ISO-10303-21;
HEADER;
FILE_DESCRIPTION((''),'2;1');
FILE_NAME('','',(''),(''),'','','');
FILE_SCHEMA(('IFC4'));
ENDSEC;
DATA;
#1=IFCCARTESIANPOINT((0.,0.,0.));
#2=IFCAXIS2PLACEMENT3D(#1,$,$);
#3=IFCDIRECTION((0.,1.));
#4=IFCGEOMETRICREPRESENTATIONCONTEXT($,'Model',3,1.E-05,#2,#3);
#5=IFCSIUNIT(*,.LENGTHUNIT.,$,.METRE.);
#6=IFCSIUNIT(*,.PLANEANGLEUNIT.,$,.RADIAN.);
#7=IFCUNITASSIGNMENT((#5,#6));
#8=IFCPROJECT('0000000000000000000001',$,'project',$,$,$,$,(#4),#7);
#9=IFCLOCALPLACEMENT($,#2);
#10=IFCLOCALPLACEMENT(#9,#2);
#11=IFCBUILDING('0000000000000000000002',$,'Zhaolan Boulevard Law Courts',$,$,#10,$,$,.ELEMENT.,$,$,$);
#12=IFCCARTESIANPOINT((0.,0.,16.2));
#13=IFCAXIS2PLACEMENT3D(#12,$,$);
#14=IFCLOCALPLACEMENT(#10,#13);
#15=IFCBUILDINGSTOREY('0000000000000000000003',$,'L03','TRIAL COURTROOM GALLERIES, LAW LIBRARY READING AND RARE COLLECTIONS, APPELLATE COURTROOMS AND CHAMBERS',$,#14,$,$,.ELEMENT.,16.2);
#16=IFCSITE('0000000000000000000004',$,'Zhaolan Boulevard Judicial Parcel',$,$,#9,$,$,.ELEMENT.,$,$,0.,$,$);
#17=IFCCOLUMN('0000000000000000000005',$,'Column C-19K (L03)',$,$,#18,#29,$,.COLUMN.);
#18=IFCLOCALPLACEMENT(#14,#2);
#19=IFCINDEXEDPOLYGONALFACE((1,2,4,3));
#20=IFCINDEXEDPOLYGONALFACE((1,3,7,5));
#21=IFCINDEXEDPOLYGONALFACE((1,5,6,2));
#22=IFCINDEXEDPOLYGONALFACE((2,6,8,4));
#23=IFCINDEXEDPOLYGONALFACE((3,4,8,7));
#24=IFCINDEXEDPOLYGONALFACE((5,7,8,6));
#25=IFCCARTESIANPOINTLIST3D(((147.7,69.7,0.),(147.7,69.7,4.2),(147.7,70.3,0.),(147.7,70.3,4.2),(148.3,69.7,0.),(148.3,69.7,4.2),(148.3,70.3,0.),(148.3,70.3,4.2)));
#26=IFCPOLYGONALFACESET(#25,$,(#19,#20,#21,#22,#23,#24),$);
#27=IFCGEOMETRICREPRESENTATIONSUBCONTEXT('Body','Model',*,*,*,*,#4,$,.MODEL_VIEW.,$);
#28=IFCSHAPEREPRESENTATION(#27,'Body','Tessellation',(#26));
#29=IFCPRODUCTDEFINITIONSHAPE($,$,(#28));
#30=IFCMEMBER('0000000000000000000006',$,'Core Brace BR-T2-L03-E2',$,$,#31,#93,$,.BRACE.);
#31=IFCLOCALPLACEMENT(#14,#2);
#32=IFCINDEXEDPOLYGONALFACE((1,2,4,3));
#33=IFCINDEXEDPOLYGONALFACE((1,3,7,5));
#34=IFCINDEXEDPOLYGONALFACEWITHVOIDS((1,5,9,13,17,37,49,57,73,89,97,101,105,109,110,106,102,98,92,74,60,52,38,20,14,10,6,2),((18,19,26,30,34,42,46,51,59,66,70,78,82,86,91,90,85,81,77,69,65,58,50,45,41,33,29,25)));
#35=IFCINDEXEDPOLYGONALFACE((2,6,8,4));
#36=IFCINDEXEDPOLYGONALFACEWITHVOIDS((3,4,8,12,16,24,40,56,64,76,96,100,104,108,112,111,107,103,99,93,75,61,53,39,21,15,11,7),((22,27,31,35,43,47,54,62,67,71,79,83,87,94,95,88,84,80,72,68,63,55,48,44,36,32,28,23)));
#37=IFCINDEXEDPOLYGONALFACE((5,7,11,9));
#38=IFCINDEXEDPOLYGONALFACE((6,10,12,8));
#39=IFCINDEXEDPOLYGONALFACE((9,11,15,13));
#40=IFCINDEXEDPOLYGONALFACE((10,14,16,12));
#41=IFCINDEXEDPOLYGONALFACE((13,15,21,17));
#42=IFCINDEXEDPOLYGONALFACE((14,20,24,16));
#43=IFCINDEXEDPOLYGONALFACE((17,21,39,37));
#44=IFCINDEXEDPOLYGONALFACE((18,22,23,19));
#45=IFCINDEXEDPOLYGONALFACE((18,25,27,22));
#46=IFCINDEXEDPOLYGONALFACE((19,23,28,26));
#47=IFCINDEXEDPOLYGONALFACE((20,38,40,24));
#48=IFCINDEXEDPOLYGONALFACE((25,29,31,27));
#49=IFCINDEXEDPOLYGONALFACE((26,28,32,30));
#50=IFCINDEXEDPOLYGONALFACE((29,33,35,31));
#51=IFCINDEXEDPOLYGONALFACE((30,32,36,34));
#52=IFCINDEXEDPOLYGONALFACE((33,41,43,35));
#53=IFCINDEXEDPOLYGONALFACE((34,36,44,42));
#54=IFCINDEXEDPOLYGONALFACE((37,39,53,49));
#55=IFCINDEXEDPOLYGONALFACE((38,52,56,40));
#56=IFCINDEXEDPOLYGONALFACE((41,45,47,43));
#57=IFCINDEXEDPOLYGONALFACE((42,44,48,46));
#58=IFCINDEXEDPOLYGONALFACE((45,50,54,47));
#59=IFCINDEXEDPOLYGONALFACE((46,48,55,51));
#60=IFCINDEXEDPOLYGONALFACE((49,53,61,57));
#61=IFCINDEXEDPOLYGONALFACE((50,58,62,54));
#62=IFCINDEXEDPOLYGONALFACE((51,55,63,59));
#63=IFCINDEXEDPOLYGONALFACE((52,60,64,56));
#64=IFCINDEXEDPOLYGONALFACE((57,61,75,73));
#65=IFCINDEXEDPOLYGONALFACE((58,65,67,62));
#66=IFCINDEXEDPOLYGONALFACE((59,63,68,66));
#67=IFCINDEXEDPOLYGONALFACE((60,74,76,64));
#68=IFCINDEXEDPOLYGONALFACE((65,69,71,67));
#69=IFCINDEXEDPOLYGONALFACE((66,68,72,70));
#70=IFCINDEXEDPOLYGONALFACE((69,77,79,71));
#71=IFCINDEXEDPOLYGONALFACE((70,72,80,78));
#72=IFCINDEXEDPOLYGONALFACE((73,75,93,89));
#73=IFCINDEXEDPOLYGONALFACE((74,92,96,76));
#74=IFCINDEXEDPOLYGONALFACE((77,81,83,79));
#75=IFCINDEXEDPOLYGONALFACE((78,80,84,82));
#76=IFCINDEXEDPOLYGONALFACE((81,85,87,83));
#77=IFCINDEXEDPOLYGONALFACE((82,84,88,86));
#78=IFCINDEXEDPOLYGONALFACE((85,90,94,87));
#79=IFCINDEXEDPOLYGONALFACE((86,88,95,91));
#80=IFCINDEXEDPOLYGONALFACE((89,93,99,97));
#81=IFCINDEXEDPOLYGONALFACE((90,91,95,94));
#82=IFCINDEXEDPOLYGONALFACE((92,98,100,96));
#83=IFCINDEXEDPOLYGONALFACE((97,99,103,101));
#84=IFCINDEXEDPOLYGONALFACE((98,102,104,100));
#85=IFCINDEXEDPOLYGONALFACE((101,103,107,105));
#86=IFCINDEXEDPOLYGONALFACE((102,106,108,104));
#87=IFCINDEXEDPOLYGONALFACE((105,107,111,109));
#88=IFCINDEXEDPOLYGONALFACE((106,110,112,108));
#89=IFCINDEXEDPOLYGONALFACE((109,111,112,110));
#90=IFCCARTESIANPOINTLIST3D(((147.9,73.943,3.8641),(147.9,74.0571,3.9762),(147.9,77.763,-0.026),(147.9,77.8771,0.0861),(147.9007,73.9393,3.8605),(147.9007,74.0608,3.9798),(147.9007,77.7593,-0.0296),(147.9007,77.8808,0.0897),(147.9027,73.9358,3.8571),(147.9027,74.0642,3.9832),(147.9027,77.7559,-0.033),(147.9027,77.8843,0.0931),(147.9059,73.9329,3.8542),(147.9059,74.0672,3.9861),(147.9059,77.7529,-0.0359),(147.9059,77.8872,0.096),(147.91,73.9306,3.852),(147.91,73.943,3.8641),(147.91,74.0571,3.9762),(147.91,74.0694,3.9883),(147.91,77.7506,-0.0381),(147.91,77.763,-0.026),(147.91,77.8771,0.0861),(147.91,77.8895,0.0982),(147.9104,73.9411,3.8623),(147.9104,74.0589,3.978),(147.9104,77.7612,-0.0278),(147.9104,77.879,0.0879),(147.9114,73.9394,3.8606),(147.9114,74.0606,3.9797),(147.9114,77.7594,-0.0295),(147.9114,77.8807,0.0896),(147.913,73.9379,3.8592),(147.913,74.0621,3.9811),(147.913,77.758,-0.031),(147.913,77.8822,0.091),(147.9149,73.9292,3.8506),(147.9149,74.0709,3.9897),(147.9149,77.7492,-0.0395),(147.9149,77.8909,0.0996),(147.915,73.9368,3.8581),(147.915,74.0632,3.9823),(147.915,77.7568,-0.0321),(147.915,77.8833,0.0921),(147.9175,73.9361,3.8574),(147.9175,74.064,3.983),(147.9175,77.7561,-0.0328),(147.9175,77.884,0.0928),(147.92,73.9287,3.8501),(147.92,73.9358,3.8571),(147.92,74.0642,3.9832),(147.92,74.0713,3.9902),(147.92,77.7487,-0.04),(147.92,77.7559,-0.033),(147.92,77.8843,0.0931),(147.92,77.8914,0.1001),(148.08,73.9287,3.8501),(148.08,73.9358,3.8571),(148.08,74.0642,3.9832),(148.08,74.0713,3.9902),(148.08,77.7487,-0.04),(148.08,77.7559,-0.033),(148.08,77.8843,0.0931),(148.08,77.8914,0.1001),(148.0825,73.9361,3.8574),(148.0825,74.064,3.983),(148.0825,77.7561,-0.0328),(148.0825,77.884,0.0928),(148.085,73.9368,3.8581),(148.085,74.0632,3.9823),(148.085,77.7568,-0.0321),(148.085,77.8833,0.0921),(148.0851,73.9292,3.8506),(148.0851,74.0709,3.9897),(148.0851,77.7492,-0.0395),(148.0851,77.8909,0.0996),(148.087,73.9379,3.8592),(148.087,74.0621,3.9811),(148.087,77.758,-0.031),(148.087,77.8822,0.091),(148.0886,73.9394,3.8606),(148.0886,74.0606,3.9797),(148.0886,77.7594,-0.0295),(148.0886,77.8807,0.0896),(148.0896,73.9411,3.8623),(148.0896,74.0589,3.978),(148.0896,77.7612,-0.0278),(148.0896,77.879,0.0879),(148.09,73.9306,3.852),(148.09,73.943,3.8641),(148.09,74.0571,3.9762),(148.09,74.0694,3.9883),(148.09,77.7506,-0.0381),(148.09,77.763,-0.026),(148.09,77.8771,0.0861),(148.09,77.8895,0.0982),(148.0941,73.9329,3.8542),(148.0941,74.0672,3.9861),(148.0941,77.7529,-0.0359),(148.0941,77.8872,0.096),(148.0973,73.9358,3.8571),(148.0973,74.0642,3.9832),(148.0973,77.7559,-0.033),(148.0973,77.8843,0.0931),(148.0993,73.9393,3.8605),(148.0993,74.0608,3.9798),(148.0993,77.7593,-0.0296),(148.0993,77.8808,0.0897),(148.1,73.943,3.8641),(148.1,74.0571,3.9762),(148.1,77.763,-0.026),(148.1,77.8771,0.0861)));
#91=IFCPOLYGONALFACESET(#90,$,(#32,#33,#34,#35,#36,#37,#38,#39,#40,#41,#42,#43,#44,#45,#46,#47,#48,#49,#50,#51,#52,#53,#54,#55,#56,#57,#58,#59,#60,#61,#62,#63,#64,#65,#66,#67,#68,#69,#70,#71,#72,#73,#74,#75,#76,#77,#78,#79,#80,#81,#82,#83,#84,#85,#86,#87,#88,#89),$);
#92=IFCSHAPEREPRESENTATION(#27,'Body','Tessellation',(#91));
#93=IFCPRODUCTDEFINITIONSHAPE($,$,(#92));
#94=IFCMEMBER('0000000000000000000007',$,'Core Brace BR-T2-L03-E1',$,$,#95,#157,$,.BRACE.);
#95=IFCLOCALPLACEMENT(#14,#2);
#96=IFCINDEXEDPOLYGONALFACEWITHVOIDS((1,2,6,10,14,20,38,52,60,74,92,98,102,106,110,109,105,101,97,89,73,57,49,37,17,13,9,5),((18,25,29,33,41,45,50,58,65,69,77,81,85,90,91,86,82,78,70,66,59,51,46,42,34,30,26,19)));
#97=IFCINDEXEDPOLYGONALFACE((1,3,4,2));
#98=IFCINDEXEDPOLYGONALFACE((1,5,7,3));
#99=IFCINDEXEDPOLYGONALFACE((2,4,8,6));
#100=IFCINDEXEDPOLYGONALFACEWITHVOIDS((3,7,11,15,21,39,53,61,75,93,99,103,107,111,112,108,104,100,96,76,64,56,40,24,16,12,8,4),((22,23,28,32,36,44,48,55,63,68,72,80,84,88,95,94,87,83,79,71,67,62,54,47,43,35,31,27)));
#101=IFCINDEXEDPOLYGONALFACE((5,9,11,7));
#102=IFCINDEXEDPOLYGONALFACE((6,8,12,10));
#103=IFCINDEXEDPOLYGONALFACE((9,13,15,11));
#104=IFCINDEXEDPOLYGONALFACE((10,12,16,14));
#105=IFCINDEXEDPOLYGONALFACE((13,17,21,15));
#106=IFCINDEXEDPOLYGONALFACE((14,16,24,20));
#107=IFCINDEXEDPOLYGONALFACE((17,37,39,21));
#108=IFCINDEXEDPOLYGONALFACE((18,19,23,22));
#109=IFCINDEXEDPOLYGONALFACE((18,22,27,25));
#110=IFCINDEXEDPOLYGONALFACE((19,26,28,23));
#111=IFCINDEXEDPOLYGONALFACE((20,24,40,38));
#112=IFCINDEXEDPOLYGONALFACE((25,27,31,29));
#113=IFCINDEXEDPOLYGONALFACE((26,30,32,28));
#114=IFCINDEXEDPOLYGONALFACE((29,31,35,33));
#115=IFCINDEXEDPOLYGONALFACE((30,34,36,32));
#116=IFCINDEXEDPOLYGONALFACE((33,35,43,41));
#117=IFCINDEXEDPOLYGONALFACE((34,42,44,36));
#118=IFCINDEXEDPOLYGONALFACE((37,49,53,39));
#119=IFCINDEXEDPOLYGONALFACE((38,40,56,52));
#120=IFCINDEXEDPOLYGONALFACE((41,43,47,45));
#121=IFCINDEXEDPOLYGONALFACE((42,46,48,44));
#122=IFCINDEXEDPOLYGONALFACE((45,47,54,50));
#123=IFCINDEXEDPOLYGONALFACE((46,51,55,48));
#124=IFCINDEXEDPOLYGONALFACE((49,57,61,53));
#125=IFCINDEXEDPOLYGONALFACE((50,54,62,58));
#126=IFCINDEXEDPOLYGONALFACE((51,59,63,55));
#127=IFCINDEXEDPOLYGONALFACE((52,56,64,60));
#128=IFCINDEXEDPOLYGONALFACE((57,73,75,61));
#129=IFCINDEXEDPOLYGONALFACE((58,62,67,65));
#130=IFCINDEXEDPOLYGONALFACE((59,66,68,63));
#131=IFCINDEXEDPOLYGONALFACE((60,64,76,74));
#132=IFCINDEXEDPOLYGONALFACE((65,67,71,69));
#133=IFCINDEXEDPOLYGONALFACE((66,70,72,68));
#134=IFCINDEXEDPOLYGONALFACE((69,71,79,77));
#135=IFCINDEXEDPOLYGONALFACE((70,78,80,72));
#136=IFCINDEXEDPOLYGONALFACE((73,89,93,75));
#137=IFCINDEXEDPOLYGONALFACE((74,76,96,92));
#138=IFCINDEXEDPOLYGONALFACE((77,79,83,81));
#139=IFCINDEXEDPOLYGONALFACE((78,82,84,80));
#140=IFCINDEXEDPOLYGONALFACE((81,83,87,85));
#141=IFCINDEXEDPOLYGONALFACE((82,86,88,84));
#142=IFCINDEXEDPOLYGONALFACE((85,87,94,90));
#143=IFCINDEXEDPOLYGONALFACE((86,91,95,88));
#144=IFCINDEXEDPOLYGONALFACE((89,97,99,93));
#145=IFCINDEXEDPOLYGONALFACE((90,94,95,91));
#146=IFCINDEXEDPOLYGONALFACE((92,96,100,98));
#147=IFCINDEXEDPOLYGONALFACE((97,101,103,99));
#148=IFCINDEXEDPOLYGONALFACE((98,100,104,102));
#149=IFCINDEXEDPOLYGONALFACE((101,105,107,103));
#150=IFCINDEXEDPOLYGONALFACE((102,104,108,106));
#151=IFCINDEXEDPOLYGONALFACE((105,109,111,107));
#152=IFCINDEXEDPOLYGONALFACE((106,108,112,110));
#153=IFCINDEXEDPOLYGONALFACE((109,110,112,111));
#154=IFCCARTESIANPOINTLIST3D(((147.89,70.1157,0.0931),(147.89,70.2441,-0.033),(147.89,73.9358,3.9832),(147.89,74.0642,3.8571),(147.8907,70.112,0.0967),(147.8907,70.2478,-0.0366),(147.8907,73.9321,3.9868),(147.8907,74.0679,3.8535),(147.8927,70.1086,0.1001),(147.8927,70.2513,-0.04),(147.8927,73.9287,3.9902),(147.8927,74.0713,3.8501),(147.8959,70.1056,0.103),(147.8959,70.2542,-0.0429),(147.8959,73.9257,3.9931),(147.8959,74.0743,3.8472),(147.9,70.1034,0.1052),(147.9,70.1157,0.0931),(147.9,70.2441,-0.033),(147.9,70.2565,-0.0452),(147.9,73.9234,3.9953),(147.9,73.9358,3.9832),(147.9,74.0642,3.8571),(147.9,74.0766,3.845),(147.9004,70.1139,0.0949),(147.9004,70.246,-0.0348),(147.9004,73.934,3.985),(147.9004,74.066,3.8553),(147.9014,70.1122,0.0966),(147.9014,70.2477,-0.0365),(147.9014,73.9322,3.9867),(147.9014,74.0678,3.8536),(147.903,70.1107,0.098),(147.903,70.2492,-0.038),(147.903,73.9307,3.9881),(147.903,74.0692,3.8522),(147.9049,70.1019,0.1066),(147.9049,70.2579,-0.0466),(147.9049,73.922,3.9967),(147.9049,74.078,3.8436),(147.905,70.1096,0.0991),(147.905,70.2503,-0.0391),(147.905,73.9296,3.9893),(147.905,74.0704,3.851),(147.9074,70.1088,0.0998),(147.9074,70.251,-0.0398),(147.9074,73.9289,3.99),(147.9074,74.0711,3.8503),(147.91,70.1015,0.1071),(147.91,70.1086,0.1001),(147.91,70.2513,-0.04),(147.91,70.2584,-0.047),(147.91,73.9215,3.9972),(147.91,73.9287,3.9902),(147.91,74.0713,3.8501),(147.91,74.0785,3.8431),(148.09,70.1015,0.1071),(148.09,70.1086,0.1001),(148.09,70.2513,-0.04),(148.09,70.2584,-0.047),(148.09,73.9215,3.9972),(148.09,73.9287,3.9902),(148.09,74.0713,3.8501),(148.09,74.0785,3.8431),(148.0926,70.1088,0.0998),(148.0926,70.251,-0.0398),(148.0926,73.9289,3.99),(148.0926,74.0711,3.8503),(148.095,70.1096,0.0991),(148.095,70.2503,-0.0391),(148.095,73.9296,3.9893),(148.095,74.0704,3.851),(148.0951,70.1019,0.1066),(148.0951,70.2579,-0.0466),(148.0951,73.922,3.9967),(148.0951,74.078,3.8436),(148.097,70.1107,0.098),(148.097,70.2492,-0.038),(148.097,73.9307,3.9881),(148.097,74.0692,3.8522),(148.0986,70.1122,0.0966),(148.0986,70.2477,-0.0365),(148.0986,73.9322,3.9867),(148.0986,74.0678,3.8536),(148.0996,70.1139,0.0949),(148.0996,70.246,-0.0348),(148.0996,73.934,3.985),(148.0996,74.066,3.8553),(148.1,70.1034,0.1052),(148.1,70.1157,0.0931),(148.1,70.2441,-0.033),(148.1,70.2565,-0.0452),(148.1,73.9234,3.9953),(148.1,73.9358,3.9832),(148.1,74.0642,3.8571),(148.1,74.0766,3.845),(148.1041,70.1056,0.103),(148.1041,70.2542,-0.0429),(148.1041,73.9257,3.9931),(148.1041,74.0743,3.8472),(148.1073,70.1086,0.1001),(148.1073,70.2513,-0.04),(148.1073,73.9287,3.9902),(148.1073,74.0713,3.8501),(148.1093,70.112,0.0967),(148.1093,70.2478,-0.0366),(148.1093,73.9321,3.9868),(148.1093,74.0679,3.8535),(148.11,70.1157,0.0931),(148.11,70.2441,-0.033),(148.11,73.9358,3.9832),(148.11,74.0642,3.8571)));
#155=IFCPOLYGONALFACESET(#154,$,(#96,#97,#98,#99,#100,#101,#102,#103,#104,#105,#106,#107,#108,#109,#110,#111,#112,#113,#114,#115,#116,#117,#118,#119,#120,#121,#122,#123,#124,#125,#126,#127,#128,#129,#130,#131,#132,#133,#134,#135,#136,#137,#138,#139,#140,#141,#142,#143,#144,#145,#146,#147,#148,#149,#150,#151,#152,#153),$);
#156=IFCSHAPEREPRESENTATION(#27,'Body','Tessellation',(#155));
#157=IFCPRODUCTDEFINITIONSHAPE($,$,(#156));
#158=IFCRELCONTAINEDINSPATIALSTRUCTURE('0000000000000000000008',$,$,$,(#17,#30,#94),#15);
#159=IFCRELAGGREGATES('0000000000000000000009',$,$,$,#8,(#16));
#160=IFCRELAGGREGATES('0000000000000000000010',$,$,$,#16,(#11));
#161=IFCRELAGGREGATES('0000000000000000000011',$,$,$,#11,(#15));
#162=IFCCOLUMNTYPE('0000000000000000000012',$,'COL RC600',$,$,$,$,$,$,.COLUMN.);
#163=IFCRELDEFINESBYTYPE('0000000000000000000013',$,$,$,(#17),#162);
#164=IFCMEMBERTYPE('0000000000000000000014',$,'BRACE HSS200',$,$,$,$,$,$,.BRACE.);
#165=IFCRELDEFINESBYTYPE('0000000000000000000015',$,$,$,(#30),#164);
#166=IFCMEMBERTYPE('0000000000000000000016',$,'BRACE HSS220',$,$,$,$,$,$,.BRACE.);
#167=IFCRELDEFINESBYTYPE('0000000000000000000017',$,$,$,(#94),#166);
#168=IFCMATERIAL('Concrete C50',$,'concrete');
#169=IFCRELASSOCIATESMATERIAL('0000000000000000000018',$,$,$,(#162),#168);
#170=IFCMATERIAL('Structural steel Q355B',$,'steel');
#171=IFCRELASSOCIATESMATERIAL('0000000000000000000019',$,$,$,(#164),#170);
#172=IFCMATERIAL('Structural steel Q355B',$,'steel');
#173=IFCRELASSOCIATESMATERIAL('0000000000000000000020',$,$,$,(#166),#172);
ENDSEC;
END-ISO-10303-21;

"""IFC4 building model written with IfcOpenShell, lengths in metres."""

from ifc_helpers import new_model, si_unit, direction, frame, origin, origin_2d, place, context, subcontext, project, spatial, rectangle, hollow_rectangle, extrude, material, material_profile, profile_set, type_object, element, save


model = new_model("IFC4")

# Units and contexts
model_context = context("Model", 3, precision=1e-05, world=origin(), true_north=direction((0.0, 1.0)))
body_context = subcontext(model_context, "Body", "Model", "MODEL_VIEW")
ifc_project = project(units=[si_unit("LENGTHUNIT", "METRE"), si_unit("PLANEANGLEUNIT", "RADIAN")], contexts=[model_context])

# Site, building, storey
site_placement = place(None, origin())
site = spatial("IfcSite", under=ifc_project, at=site_placement, Name="Zhaolan Boulevard Judicial Parcel", CompositionType="ELEMENT", RefElevation=0.0)
building_placement = place(site_placement, origin())
building = spatial("IfcBuilding", under=site, at=building_placement, Name="Zhaolan Boulevard Law Courts", CompositionType="ELEMENT")
storey_placement = place(building_placement, frame((0.0, 0.0, 16.2)))
storey = spatial("IfcBuildingStorey", under=building, at=storey_placement, Name="L03", Description="TRIAL COURTROOM GALLERIES, LAW LIBRARY READING AND RARE COLLECTIONS, APPELLATE COURTROOMS AND CHAMBERS", CompositionType="ELEMENT", Elevation=16.2)

# Column
ifc_material_1 = material(Name="Concrete C50", Category="concrete")
ifc_material_profile_1 = material_profile(ifc_material_1, rectangle(XDim=0.6001, YDim=0.6001, at=origin_2d()), Name="RC600x600")
ifc_profile_set_1 = profile_set([ifc_material_profile_1], Name="Concrete C50")
column_type = type_object("IfcColumnType", Name="COL RC600", PredefinedType="COLUMN", material=ifc_profile_set_1)
column_placement = place(storey_placement, frame((148.0, 70.0, 0.0), z_axis=(0.0, 0.0, 1.0), x_axis=(1.0, 0.0, 0.0)))
element("IfcColumn", 1, at=column_placement, inside=storey, type_object=column_type, Name="Column C-19K (L03)", PredefinedType="COLUMN", context=body_context, shape_type="SweptSolid", body=[
    extrude(rectangle(XDim=0.6001, YDim=0.6001, at=origin_2d()), origin(), (0.0, 0.0, 1.0), 4.2),
])

# Members
ifc_material_2 = material(Name="Structural steel Q355B", Category="steel")
ifc_material_profile_2 = material_profile(ifc_material_2, hollow_rectangle(XDim=0.2, YDim=0.2, WallThickness=0.01, InnerFilletRadius=0.01, OuterFilletRadius=0.02, at=origin_2d()), Name="HSS200x200x10")
ifc_profile_set_2 = profile_set([ifc_material_profile_2], Name="Structural steel Q355B")
member_type_1 = type_object("IfcMemberType", Name="BRACE HSS200", PredefinedType="BRACE", material=ifc_profile_set_2)
member_1_placement = place(storey_placement, frame((148.0, 77.8201, 0.03), z_axis=(0.0, -0.700652, 0.713503), x_axis=(1.0, 0.0, 0.0)))
element("IfcMember", 2, at=member_1_placement, inside=storey, type_object=member_type_1, Name="Core Brace BR-T2-L03-E2", PredefinedType="BRACE", context=body_context, shape_type="SweptSolid", body=[
    extrude(hollow_rectangle(XDim=0.2, YDim=0.2, WallThickness=0.01, InnerFilletRadius=0.01, OuterFilletRadius=0.02, at=origin_2d()), origin(), (0.0, 0.0, 1.0), 5.4521),
])
ifc_material_3 = material(Name="Structural steel Q355B", Category="steel")
ifc_material_profile_3 = material_profile(ifc_material_3, hollow_rectangle(XDim=0.22, YDim=0.22, WallThickness=0.01, InnerFilletRadius=0.01, OuterFilletRadius=0.02, at=origin_2d()), Name="HSS220x220x10")
ifc_profile_set_3 = profile_set([ifc_material_profile_3], Name="Structural steel Q355B")
member_type_2 = type_object("IfcMemberType", Name="BRACE HSS220", PredefinedType="BRACE", material=ifc_profile_set_3)
member_2_placement = place(storey_placement, frame((148.0, 70.1799, 0.03), z_axis=(0.0, 0.700652, 0.713503), x_axis=(-1.0, 0.0, 0.0)))
element("IfcMember", 3, at=member_2_placement, inside=storey, type_object=member_type_2, Name="Core Brace BR-T2-L03-E1", PredefinedType="BRACE", context=body_context, shape_type="SweptSolid", body=[
    extrude(hollow_rectangle(XDim=0.22, YDim=0.22, WallThickness=0.01, InnerFilletRadius=0.01, OuterFilletRadius=0.02, at=origin_2d()), origin(), (0.0, 0.0, 1.0), 5.4521),
])

save(model, "model.ifc")
